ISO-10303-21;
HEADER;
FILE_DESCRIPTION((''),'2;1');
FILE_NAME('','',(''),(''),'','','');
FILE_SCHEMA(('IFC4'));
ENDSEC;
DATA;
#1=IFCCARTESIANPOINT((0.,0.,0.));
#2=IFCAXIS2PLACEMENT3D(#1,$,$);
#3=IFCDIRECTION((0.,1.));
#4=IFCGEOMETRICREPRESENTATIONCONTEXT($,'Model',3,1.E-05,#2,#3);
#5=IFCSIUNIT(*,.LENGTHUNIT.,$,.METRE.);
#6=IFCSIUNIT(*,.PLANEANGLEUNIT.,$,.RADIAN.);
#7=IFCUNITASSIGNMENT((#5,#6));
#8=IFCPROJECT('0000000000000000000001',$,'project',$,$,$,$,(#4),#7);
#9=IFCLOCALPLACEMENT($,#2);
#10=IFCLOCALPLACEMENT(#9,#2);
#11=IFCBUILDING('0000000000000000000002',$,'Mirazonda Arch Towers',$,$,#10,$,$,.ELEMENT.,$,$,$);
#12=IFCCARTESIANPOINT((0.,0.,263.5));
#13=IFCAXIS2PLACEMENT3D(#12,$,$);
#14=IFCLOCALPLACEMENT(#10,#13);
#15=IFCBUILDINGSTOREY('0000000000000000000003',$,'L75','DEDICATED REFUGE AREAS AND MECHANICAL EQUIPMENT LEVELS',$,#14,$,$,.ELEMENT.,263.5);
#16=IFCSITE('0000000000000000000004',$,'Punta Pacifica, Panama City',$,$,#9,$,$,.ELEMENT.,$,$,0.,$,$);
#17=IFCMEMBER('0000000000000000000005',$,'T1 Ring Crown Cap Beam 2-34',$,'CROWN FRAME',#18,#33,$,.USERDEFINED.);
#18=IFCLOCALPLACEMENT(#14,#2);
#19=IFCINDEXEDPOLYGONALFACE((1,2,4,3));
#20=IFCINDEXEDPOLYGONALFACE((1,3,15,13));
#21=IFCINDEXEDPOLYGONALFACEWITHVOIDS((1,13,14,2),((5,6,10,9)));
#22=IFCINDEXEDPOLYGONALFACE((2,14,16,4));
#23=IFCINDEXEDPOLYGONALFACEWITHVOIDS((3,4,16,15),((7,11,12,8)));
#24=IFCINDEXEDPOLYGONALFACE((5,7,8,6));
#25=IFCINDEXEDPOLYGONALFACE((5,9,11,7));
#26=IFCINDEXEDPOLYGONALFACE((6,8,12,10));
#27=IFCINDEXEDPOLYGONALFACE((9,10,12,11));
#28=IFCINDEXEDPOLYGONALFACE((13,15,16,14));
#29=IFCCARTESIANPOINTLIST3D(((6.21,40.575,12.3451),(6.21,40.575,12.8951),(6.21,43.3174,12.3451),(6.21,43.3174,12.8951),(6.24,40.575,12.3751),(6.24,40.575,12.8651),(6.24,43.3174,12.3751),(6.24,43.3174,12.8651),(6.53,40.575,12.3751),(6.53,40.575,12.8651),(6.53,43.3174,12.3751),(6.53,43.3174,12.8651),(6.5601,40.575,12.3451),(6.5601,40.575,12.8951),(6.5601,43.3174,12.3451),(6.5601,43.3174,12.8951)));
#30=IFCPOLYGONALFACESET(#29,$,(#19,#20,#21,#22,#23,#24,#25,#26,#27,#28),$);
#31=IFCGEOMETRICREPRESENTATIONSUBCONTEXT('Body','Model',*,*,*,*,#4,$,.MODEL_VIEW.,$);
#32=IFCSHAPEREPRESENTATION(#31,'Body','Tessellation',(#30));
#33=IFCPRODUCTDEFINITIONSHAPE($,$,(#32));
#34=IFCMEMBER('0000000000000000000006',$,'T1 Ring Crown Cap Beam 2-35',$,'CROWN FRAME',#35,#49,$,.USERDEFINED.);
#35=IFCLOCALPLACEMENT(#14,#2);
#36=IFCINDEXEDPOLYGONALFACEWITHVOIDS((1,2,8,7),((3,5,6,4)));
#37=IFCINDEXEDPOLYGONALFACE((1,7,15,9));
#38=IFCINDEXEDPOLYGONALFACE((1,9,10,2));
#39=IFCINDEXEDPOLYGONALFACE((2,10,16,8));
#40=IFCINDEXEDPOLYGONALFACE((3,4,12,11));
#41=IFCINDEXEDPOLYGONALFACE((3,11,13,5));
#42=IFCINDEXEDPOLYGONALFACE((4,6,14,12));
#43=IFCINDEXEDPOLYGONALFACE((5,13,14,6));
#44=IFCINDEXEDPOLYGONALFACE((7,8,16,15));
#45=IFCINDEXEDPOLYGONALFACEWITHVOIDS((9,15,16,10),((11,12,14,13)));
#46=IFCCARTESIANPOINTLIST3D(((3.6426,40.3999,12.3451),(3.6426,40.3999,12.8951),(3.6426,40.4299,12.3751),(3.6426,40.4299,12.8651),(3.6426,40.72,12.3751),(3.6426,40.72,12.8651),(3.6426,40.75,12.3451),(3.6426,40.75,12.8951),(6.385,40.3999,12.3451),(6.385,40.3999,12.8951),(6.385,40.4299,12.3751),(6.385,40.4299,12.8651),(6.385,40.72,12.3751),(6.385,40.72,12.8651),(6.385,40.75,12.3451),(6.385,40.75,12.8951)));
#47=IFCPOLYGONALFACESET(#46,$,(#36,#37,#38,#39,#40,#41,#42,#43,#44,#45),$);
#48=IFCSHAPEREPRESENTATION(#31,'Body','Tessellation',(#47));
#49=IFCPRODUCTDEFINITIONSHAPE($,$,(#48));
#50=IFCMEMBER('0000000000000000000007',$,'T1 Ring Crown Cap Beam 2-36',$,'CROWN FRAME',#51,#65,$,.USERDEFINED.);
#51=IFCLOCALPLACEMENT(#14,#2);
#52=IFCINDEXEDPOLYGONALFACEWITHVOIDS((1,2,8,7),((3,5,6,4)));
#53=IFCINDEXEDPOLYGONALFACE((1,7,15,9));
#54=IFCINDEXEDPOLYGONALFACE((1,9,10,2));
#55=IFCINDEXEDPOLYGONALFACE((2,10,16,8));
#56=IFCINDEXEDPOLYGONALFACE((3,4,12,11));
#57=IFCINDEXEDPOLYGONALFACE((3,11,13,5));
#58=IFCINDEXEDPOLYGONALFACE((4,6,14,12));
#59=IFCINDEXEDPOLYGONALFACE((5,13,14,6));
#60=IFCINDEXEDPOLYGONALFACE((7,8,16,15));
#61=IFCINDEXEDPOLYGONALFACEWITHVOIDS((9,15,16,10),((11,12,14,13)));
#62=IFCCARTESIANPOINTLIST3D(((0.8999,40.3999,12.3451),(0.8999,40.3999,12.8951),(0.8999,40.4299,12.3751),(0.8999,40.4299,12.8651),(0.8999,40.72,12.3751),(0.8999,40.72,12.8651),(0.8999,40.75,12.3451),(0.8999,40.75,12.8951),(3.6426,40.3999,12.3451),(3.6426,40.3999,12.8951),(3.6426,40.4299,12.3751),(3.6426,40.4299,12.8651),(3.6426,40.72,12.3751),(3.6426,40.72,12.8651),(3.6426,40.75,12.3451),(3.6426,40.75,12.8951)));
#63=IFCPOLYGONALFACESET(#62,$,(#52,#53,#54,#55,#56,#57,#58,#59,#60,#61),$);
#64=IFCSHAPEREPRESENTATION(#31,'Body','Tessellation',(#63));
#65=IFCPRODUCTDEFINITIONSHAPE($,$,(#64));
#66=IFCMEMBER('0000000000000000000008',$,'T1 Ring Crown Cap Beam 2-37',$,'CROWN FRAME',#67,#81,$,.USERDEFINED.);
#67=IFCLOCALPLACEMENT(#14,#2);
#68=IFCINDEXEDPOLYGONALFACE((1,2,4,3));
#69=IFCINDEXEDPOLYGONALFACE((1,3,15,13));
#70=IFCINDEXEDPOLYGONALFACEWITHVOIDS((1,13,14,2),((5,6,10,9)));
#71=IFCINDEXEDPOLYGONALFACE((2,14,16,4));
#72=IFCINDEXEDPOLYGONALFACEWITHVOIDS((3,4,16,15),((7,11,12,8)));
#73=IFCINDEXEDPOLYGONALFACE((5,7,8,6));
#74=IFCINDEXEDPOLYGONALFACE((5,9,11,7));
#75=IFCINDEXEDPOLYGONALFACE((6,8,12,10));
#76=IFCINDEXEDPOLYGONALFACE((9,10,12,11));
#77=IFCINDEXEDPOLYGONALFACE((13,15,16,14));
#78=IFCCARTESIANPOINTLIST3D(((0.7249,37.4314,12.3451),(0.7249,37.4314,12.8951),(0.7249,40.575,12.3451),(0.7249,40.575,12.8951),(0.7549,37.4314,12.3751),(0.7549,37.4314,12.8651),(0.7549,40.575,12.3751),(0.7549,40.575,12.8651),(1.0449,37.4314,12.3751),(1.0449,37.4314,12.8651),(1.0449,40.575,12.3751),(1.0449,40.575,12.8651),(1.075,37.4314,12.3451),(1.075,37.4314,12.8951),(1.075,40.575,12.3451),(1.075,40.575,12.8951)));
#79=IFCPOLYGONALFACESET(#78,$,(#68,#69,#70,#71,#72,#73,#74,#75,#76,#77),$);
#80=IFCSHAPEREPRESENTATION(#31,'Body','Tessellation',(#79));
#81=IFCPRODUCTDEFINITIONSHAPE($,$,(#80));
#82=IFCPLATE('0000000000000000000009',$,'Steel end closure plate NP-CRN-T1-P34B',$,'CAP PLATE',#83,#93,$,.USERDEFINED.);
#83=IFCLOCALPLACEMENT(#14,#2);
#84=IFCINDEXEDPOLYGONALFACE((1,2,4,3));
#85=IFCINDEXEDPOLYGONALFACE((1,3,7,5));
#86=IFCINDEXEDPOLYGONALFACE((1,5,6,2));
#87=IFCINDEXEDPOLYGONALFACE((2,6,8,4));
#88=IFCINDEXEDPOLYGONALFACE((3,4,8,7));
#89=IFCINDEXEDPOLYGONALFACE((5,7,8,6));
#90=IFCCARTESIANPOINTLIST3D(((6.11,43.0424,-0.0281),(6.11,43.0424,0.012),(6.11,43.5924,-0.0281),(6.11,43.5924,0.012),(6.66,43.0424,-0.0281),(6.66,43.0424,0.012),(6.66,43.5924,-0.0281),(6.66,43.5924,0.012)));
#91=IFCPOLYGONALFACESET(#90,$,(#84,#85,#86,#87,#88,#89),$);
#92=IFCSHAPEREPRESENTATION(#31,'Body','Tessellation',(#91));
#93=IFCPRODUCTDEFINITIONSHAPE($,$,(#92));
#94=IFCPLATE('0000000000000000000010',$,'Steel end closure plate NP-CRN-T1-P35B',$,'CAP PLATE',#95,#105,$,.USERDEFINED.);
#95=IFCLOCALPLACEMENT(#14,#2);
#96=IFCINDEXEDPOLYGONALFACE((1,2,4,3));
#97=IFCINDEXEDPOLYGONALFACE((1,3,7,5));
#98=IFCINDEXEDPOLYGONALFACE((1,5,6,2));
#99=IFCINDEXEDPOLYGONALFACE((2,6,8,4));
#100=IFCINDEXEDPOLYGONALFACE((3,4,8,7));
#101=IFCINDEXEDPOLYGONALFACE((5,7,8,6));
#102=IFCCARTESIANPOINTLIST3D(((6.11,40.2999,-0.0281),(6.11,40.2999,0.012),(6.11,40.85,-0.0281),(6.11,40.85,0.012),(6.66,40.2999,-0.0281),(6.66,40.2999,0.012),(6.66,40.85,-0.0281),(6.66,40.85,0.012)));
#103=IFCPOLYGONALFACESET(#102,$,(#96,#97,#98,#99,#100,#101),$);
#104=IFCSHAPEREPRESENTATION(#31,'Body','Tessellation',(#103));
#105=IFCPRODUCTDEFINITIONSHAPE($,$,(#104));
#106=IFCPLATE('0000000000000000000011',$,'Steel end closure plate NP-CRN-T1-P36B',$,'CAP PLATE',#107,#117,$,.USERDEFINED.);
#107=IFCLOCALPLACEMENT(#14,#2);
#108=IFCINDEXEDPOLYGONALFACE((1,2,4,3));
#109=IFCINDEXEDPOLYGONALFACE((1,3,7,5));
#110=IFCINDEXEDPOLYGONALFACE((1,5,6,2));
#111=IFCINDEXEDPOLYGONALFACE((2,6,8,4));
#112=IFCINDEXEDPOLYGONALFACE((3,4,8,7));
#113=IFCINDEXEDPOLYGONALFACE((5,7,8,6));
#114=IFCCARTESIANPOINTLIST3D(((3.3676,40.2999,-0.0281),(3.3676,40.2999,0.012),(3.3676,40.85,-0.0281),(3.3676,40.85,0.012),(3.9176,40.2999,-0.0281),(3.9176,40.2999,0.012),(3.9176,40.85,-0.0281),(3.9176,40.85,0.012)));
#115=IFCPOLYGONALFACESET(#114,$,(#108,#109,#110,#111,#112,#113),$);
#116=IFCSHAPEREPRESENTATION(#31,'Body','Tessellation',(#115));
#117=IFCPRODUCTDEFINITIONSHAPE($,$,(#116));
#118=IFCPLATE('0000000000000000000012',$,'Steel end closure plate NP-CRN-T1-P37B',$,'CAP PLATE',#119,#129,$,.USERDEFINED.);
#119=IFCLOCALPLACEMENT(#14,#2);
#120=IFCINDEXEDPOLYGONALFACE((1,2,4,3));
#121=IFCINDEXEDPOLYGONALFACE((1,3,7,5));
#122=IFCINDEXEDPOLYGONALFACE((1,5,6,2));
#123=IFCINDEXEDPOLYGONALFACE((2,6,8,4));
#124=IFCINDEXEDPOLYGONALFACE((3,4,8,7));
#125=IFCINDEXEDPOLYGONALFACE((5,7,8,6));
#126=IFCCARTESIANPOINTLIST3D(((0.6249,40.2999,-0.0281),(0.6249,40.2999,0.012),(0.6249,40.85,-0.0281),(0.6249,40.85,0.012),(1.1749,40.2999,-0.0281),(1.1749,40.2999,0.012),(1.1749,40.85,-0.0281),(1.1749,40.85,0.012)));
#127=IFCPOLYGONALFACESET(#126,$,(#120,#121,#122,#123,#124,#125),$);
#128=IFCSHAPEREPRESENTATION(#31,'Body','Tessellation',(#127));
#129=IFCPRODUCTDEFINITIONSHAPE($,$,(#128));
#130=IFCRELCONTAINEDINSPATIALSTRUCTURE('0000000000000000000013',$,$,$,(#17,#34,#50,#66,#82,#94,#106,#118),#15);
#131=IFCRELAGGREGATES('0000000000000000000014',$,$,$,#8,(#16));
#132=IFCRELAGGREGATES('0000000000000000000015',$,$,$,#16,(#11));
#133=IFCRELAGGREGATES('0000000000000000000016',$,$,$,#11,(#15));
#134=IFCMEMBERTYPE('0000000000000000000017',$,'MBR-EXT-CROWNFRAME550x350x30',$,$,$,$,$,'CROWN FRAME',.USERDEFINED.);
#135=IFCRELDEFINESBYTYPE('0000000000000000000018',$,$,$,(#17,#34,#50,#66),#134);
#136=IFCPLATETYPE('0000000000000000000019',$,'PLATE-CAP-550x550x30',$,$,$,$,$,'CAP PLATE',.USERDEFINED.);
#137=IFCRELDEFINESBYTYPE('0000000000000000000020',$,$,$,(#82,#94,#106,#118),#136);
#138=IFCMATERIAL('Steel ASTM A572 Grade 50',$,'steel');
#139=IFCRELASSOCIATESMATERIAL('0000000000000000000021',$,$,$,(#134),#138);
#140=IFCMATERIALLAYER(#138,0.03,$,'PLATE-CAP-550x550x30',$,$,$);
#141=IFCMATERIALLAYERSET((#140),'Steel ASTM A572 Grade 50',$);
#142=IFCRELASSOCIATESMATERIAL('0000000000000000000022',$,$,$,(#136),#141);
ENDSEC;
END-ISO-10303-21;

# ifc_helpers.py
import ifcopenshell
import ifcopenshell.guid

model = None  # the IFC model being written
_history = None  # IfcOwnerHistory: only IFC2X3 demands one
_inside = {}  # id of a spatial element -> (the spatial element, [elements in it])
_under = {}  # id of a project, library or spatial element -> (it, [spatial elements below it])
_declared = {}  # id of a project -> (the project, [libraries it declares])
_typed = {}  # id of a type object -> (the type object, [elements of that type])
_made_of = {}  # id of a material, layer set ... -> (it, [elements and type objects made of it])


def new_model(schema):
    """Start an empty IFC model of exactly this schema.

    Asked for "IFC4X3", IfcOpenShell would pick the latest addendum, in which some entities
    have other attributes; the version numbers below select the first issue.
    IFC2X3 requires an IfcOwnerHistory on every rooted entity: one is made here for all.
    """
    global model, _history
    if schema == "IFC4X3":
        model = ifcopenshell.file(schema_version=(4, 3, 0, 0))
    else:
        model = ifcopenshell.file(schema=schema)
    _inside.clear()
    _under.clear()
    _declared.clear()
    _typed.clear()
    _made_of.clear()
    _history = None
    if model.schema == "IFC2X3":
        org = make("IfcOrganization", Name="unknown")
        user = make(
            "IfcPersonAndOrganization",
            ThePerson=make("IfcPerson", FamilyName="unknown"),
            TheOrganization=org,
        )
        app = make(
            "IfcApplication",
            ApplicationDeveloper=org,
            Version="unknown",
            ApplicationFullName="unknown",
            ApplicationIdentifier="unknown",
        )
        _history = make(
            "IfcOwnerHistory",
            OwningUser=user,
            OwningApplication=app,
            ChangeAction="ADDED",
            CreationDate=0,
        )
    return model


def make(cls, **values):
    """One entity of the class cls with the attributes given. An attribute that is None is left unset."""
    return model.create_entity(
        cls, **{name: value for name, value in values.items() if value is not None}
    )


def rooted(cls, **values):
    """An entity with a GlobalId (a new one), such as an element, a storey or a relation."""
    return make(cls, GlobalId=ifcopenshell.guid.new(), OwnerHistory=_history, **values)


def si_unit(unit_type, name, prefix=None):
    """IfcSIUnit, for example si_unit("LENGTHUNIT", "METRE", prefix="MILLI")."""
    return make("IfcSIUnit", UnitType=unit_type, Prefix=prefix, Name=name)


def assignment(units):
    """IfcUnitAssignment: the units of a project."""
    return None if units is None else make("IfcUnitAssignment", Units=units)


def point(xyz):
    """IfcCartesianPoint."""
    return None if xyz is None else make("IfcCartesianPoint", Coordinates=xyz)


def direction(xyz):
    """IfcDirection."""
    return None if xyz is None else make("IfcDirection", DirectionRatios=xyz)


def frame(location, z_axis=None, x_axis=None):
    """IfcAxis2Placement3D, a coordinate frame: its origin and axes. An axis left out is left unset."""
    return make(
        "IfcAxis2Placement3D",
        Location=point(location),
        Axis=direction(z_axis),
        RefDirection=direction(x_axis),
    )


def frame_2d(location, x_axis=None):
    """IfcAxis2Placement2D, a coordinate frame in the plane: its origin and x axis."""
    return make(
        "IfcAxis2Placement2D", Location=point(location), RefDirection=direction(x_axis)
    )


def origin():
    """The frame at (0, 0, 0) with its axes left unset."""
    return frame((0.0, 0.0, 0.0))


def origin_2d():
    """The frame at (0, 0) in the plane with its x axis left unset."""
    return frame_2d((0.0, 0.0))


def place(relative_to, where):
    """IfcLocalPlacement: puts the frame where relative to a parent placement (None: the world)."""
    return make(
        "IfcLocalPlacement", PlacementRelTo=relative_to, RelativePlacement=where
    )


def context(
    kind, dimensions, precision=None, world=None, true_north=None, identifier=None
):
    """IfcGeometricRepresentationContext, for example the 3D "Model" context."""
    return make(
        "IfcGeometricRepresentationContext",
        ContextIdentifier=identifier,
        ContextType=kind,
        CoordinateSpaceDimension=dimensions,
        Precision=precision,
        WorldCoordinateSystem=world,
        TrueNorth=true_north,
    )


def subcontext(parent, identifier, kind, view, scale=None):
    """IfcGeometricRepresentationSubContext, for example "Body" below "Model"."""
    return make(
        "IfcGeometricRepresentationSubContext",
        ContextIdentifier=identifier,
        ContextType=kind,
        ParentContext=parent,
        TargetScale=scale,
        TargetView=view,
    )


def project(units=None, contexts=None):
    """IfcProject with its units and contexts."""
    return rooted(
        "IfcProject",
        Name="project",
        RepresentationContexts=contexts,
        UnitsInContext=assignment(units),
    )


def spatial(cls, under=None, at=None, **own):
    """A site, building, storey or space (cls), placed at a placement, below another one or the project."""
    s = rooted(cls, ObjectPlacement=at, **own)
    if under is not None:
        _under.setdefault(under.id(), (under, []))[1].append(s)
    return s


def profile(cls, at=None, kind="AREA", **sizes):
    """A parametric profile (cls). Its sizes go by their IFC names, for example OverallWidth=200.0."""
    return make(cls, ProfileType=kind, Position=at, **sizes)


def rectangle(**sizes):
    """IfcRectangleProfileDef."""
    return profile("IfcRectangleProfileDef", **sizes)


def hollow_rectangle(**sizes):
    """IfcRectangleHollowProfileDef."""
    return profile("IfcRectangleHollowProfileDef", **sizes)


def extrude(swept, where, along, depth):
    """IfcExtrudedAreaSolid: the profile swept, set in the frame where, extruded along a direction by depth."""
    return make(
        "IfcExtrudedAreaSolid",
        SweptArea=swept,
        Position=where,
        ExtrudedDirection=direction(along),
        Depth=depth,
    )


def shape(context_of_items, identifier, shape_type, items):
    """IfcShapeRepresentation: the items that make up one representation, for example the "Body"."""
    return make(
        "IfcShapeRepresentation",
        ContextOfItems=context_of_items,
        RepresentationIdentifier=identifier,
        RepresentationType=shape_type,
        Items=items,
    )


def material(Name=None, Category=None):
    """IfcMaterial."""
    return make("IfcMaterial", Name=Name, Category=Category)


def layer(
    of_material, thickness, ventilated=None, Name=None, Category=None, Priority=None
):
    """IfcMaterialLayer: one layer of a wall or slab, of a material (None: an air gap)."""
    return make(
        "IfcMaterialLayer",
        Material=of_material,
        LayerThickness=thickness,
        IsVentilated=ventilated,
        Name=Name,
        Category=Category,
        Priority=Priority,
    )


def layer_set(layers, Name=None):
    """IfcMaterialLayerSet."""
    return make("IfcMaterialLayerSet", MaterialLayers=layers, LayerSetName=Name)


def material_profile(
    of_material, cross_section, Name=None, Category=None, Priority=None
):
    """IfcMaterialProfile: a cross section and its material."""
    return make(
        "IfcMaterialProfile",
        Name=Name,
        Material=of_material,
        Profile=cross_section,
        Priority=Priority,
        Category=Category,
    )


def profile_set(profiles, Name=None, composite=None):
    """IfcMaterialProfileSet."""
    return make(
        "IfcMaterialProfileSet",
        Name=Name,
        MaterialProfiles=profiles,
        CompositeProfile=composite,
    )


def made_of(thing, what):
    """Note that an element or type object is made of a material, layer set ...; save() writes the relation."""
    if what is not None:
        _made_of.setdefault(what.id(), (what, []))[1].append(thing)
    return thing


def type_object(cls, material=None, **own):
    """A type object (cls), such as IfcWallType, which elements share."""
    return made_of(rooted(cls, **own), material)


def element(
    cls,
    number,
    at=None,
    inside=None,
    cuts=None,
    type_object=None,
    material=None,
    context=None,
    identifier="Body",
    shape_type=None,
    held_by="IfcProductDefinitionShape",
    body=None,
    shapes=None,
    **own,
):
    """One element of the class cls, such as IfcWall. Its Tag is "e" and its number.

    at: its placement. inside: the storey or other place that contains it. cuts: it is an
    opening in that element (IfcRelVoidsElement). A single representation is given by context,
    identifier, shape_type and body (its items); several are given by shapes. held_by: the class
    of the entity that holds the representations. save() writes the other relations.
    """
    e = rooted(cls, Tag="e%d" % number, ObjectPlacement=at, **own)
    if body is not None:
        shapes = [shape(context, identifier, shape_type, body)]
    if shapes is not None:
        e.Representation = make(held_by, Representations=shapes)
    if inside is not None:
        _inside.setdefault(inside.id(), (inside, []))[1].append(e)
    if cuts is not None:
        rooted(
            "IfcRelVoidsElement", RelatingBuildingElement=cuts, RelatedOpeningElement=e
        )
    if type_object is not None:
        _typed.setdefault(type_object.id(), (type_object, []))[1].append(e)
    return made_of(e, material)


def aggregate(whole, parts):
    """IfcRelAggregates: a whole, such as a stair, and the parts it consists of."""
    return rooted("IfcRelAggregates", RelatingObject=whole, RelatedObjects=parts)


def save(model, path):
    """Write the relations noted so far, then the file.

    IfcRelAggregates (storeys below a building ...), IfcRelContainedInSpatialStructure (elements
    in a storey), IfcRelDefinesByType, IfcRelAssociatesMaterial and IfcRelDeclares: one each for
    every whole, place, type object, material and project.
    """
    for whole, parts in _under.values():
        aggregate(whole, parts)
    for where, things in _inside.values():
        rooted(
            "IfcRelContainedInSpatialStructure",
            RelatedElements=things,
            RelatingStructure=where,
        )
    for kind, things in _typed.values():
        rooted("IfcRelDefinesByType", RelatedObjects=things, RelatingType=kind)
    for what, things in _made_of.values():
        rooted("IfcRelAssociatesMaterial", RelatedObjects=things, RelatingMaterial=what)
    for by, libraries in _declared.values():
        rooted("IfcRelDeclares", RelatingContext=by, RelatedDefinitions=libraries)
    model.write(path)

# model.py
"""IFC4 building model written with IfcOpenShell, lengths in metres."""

from ifc_helpers import new_model, si_unit, direction, frame, origin, origin_2d, place, context, subcontext, project, spatial, rectangle, hollow_rectangle, extrude, material, layer, layer_set, material_profile, profile_set, type_object, element, save


model = new_model("IFC4")

# Units and contexts
model_context = context("Model", 3, precision=1e-05, world=origin(), true_north=direction((0.0, 1.0)))
body_context = subcontext(model_context, "Body", "Model", "MODEL_VIEW")
ifc_project = project(units=[si_unit("LENGTHUNIT", "METRE"), si_unit("PLANEANGLEUNIT", "RADIAN")], contexts=[model_context])

# Site, building, storey
site_placement = place(None, origin())
site = spatial("IfcSite", under=ifc_project, at=site_placement, Name="Punta Pacifica, Panama City", CompositionType="ELEMENT", RefElevation=0.0)
building_placement = place(site_placement, origin())
building = spatial("IfcBuilding", under=site, at=building_placement, Name="Mirazonda Arch Towers", CompositionType="ELEMENT")
storey_placement = place(building_placement, frame((0.0, 0.0, 263.5)))
storey = spatial("IfcBuildingStorey", under=building, at=storey_placement, Name="L75", Description="DEDICATED REFUGE AREAS AND MECHANICAL EQUIPMENT LEVELS", CompositionType="ELEMENT", Elevation=263.5)

# Members
ifc_material_1 = material(Name="Steel ASTM A572 Grade 50", Category="steel")
ifc_material_profile_1 = material_profile(ifc_material_1, hollow_rectangle(XDim=0.3501, YDim=0.55, WallThickness=0.03, at=origin_2d()), Name="CROWNFRAME550x350x30")
ifc_profile_set_1 = profile_set([ifc_material_profile_1], Name="Steel ASTM A572 Grade 50")
member_type_1 = type_object("IfcMemberType", Name="MBR-EXT-CROWNFRAME550x350x30", ElementType="CROWN FRAME", PredefinedType="USERDEFINED", material=ifc_profile_set_1)
for number, where, z_axis, x_axis, name in (
    (1, (6.385, 43.3174, 12.6201), (0.0, -1.0, 0.0), (1.0, 0.0, 0.0), "T1 Ring Crown Cap Beam 2-34"),
    (2, (6.385, 40.575, 12.6201), (-1.0, 0.0, 0.0), (0.0, -1.0, 0.0), "T1 Ring Crown Cap Beam 2-35"),
):
    element("IfcMember", number, at=place(storey_placement, frame(where, z_axis=z_axis, x_axis=x_axis)), inside=storey, type_object=member_type_1, Name=name, ObjectType="CROWN FRAME", PredefinedType="USERDEFINED", context=body_context, shape_type="SweptSolid", body=[
        extrude(hollow_rectangle(XDim=0.3501, YDim=0.55, WallThickness=0.03, at=origin_2d()), origin(), (0.0, 0.0, 1.0), 2.7424),
    ])
member_1_placement = place(storey_placement, frame((3.6426, 40.575, 12.6201), z_axis=(-1.0, 0.0, 0.0), x_axis=(0.0, -1.0, 0.0)))
element("IfcMember", 3, at=member_1_placement, inside=storey, type_object=member_type_1, Name="T1 Ring Crown Cap Beam 2-36", ObjectType="CROWN FRAME", PredefinedType="USERDEFINED", context=body_context, shape_type="SweptSolid", body=[
    extrude(hollow_rectangle(XDim=0.3501, YDim=0.55, WallThickness=0.03, at=origin_2d()), origin(), (0.0, 0.0, 1.0), 2.7427),
])
member_2_placement = place(storey_placement, frame((0.8999, 40.575, 12.6201), z_axis=(0.0, -1.0, 0.0), x_axis=(1.0, 0.0, 0.0)))
element("IfcMember", 4, at=member_2_placement, inside=storey, type_object=member_type_1, Name="T1 Ring Crown Cap Beam 2-37", ObjectType="CROWN FRAME", PredefinedType="USERDEFINED", context=body_context, shape_type="SweptSolid", body=[
    extrude(hollow_rectangle(XDim=0.3501, YDim=0.55, WallThickness=0.03, at=origin_2d()), origin(), (0.0, 0.0, 1.0), 3.1436),
])

# Plates
ifc_layer_1 = layer(ifc_material_1, 0.03, Name="PLATE-CAP-550x550x30")
ifc_layer_set_1 = layer_set([ifc_layer_1], Name="Steel ASTM A572 Grade 50")
plate_type = type_object("IfcPlateType", Name="PLATE-CAP-550x550x30", ElementType="CAP PLATE", PredefinedType="USERDEFINED", material=ifc_layer_set_1)
for number, where, z_axis, x_axis, name in (
    (5, (6.385, 43.3174, -0.0281), (0.0, 0.0, 1.0), (1.0, 0.0, 0.0), "Steel end closure plate NP-CRN-T1-P34B"),
    (6, (6.385, 40.575, -0.0281), (0.0, 0.0, 1.0), (1.0, 0.0, 0.0), "Steel end closure plate NP-CRN-T1-P35B"),
    (7, (3.6426, 40.575, -0.0281), (0.0, 0.0, 1.0), (1.0, 0.0, 0.0), "Steel end closure plate NP-CRN-T1-P36B"),
    (8, (0.8999, 40.575, -0.0281), (0.0, 0.0, 1.0), (1.0, 0.0, 0.0), "Steel end closure plate NP-CRN-T1-P37B"),
):
    element("IfcPlate", number, at=place(storey_placement, frame(where, z_axis=z_axis, x_axis=x_axis)), inside=storey, type_object=plate_type, Name=name, ObjectType="CAP PLATE", PredefinedType="USERDEFINED", context=body_context, shape_type="SweptSolid", body=[
        extrude(rectangle(XDim=0.55, YDim=0.55, at=origin_2d()), origin(), (0.0, 0.0, 1.0), 0.04),
    ])

save(model, "model.ifc")
